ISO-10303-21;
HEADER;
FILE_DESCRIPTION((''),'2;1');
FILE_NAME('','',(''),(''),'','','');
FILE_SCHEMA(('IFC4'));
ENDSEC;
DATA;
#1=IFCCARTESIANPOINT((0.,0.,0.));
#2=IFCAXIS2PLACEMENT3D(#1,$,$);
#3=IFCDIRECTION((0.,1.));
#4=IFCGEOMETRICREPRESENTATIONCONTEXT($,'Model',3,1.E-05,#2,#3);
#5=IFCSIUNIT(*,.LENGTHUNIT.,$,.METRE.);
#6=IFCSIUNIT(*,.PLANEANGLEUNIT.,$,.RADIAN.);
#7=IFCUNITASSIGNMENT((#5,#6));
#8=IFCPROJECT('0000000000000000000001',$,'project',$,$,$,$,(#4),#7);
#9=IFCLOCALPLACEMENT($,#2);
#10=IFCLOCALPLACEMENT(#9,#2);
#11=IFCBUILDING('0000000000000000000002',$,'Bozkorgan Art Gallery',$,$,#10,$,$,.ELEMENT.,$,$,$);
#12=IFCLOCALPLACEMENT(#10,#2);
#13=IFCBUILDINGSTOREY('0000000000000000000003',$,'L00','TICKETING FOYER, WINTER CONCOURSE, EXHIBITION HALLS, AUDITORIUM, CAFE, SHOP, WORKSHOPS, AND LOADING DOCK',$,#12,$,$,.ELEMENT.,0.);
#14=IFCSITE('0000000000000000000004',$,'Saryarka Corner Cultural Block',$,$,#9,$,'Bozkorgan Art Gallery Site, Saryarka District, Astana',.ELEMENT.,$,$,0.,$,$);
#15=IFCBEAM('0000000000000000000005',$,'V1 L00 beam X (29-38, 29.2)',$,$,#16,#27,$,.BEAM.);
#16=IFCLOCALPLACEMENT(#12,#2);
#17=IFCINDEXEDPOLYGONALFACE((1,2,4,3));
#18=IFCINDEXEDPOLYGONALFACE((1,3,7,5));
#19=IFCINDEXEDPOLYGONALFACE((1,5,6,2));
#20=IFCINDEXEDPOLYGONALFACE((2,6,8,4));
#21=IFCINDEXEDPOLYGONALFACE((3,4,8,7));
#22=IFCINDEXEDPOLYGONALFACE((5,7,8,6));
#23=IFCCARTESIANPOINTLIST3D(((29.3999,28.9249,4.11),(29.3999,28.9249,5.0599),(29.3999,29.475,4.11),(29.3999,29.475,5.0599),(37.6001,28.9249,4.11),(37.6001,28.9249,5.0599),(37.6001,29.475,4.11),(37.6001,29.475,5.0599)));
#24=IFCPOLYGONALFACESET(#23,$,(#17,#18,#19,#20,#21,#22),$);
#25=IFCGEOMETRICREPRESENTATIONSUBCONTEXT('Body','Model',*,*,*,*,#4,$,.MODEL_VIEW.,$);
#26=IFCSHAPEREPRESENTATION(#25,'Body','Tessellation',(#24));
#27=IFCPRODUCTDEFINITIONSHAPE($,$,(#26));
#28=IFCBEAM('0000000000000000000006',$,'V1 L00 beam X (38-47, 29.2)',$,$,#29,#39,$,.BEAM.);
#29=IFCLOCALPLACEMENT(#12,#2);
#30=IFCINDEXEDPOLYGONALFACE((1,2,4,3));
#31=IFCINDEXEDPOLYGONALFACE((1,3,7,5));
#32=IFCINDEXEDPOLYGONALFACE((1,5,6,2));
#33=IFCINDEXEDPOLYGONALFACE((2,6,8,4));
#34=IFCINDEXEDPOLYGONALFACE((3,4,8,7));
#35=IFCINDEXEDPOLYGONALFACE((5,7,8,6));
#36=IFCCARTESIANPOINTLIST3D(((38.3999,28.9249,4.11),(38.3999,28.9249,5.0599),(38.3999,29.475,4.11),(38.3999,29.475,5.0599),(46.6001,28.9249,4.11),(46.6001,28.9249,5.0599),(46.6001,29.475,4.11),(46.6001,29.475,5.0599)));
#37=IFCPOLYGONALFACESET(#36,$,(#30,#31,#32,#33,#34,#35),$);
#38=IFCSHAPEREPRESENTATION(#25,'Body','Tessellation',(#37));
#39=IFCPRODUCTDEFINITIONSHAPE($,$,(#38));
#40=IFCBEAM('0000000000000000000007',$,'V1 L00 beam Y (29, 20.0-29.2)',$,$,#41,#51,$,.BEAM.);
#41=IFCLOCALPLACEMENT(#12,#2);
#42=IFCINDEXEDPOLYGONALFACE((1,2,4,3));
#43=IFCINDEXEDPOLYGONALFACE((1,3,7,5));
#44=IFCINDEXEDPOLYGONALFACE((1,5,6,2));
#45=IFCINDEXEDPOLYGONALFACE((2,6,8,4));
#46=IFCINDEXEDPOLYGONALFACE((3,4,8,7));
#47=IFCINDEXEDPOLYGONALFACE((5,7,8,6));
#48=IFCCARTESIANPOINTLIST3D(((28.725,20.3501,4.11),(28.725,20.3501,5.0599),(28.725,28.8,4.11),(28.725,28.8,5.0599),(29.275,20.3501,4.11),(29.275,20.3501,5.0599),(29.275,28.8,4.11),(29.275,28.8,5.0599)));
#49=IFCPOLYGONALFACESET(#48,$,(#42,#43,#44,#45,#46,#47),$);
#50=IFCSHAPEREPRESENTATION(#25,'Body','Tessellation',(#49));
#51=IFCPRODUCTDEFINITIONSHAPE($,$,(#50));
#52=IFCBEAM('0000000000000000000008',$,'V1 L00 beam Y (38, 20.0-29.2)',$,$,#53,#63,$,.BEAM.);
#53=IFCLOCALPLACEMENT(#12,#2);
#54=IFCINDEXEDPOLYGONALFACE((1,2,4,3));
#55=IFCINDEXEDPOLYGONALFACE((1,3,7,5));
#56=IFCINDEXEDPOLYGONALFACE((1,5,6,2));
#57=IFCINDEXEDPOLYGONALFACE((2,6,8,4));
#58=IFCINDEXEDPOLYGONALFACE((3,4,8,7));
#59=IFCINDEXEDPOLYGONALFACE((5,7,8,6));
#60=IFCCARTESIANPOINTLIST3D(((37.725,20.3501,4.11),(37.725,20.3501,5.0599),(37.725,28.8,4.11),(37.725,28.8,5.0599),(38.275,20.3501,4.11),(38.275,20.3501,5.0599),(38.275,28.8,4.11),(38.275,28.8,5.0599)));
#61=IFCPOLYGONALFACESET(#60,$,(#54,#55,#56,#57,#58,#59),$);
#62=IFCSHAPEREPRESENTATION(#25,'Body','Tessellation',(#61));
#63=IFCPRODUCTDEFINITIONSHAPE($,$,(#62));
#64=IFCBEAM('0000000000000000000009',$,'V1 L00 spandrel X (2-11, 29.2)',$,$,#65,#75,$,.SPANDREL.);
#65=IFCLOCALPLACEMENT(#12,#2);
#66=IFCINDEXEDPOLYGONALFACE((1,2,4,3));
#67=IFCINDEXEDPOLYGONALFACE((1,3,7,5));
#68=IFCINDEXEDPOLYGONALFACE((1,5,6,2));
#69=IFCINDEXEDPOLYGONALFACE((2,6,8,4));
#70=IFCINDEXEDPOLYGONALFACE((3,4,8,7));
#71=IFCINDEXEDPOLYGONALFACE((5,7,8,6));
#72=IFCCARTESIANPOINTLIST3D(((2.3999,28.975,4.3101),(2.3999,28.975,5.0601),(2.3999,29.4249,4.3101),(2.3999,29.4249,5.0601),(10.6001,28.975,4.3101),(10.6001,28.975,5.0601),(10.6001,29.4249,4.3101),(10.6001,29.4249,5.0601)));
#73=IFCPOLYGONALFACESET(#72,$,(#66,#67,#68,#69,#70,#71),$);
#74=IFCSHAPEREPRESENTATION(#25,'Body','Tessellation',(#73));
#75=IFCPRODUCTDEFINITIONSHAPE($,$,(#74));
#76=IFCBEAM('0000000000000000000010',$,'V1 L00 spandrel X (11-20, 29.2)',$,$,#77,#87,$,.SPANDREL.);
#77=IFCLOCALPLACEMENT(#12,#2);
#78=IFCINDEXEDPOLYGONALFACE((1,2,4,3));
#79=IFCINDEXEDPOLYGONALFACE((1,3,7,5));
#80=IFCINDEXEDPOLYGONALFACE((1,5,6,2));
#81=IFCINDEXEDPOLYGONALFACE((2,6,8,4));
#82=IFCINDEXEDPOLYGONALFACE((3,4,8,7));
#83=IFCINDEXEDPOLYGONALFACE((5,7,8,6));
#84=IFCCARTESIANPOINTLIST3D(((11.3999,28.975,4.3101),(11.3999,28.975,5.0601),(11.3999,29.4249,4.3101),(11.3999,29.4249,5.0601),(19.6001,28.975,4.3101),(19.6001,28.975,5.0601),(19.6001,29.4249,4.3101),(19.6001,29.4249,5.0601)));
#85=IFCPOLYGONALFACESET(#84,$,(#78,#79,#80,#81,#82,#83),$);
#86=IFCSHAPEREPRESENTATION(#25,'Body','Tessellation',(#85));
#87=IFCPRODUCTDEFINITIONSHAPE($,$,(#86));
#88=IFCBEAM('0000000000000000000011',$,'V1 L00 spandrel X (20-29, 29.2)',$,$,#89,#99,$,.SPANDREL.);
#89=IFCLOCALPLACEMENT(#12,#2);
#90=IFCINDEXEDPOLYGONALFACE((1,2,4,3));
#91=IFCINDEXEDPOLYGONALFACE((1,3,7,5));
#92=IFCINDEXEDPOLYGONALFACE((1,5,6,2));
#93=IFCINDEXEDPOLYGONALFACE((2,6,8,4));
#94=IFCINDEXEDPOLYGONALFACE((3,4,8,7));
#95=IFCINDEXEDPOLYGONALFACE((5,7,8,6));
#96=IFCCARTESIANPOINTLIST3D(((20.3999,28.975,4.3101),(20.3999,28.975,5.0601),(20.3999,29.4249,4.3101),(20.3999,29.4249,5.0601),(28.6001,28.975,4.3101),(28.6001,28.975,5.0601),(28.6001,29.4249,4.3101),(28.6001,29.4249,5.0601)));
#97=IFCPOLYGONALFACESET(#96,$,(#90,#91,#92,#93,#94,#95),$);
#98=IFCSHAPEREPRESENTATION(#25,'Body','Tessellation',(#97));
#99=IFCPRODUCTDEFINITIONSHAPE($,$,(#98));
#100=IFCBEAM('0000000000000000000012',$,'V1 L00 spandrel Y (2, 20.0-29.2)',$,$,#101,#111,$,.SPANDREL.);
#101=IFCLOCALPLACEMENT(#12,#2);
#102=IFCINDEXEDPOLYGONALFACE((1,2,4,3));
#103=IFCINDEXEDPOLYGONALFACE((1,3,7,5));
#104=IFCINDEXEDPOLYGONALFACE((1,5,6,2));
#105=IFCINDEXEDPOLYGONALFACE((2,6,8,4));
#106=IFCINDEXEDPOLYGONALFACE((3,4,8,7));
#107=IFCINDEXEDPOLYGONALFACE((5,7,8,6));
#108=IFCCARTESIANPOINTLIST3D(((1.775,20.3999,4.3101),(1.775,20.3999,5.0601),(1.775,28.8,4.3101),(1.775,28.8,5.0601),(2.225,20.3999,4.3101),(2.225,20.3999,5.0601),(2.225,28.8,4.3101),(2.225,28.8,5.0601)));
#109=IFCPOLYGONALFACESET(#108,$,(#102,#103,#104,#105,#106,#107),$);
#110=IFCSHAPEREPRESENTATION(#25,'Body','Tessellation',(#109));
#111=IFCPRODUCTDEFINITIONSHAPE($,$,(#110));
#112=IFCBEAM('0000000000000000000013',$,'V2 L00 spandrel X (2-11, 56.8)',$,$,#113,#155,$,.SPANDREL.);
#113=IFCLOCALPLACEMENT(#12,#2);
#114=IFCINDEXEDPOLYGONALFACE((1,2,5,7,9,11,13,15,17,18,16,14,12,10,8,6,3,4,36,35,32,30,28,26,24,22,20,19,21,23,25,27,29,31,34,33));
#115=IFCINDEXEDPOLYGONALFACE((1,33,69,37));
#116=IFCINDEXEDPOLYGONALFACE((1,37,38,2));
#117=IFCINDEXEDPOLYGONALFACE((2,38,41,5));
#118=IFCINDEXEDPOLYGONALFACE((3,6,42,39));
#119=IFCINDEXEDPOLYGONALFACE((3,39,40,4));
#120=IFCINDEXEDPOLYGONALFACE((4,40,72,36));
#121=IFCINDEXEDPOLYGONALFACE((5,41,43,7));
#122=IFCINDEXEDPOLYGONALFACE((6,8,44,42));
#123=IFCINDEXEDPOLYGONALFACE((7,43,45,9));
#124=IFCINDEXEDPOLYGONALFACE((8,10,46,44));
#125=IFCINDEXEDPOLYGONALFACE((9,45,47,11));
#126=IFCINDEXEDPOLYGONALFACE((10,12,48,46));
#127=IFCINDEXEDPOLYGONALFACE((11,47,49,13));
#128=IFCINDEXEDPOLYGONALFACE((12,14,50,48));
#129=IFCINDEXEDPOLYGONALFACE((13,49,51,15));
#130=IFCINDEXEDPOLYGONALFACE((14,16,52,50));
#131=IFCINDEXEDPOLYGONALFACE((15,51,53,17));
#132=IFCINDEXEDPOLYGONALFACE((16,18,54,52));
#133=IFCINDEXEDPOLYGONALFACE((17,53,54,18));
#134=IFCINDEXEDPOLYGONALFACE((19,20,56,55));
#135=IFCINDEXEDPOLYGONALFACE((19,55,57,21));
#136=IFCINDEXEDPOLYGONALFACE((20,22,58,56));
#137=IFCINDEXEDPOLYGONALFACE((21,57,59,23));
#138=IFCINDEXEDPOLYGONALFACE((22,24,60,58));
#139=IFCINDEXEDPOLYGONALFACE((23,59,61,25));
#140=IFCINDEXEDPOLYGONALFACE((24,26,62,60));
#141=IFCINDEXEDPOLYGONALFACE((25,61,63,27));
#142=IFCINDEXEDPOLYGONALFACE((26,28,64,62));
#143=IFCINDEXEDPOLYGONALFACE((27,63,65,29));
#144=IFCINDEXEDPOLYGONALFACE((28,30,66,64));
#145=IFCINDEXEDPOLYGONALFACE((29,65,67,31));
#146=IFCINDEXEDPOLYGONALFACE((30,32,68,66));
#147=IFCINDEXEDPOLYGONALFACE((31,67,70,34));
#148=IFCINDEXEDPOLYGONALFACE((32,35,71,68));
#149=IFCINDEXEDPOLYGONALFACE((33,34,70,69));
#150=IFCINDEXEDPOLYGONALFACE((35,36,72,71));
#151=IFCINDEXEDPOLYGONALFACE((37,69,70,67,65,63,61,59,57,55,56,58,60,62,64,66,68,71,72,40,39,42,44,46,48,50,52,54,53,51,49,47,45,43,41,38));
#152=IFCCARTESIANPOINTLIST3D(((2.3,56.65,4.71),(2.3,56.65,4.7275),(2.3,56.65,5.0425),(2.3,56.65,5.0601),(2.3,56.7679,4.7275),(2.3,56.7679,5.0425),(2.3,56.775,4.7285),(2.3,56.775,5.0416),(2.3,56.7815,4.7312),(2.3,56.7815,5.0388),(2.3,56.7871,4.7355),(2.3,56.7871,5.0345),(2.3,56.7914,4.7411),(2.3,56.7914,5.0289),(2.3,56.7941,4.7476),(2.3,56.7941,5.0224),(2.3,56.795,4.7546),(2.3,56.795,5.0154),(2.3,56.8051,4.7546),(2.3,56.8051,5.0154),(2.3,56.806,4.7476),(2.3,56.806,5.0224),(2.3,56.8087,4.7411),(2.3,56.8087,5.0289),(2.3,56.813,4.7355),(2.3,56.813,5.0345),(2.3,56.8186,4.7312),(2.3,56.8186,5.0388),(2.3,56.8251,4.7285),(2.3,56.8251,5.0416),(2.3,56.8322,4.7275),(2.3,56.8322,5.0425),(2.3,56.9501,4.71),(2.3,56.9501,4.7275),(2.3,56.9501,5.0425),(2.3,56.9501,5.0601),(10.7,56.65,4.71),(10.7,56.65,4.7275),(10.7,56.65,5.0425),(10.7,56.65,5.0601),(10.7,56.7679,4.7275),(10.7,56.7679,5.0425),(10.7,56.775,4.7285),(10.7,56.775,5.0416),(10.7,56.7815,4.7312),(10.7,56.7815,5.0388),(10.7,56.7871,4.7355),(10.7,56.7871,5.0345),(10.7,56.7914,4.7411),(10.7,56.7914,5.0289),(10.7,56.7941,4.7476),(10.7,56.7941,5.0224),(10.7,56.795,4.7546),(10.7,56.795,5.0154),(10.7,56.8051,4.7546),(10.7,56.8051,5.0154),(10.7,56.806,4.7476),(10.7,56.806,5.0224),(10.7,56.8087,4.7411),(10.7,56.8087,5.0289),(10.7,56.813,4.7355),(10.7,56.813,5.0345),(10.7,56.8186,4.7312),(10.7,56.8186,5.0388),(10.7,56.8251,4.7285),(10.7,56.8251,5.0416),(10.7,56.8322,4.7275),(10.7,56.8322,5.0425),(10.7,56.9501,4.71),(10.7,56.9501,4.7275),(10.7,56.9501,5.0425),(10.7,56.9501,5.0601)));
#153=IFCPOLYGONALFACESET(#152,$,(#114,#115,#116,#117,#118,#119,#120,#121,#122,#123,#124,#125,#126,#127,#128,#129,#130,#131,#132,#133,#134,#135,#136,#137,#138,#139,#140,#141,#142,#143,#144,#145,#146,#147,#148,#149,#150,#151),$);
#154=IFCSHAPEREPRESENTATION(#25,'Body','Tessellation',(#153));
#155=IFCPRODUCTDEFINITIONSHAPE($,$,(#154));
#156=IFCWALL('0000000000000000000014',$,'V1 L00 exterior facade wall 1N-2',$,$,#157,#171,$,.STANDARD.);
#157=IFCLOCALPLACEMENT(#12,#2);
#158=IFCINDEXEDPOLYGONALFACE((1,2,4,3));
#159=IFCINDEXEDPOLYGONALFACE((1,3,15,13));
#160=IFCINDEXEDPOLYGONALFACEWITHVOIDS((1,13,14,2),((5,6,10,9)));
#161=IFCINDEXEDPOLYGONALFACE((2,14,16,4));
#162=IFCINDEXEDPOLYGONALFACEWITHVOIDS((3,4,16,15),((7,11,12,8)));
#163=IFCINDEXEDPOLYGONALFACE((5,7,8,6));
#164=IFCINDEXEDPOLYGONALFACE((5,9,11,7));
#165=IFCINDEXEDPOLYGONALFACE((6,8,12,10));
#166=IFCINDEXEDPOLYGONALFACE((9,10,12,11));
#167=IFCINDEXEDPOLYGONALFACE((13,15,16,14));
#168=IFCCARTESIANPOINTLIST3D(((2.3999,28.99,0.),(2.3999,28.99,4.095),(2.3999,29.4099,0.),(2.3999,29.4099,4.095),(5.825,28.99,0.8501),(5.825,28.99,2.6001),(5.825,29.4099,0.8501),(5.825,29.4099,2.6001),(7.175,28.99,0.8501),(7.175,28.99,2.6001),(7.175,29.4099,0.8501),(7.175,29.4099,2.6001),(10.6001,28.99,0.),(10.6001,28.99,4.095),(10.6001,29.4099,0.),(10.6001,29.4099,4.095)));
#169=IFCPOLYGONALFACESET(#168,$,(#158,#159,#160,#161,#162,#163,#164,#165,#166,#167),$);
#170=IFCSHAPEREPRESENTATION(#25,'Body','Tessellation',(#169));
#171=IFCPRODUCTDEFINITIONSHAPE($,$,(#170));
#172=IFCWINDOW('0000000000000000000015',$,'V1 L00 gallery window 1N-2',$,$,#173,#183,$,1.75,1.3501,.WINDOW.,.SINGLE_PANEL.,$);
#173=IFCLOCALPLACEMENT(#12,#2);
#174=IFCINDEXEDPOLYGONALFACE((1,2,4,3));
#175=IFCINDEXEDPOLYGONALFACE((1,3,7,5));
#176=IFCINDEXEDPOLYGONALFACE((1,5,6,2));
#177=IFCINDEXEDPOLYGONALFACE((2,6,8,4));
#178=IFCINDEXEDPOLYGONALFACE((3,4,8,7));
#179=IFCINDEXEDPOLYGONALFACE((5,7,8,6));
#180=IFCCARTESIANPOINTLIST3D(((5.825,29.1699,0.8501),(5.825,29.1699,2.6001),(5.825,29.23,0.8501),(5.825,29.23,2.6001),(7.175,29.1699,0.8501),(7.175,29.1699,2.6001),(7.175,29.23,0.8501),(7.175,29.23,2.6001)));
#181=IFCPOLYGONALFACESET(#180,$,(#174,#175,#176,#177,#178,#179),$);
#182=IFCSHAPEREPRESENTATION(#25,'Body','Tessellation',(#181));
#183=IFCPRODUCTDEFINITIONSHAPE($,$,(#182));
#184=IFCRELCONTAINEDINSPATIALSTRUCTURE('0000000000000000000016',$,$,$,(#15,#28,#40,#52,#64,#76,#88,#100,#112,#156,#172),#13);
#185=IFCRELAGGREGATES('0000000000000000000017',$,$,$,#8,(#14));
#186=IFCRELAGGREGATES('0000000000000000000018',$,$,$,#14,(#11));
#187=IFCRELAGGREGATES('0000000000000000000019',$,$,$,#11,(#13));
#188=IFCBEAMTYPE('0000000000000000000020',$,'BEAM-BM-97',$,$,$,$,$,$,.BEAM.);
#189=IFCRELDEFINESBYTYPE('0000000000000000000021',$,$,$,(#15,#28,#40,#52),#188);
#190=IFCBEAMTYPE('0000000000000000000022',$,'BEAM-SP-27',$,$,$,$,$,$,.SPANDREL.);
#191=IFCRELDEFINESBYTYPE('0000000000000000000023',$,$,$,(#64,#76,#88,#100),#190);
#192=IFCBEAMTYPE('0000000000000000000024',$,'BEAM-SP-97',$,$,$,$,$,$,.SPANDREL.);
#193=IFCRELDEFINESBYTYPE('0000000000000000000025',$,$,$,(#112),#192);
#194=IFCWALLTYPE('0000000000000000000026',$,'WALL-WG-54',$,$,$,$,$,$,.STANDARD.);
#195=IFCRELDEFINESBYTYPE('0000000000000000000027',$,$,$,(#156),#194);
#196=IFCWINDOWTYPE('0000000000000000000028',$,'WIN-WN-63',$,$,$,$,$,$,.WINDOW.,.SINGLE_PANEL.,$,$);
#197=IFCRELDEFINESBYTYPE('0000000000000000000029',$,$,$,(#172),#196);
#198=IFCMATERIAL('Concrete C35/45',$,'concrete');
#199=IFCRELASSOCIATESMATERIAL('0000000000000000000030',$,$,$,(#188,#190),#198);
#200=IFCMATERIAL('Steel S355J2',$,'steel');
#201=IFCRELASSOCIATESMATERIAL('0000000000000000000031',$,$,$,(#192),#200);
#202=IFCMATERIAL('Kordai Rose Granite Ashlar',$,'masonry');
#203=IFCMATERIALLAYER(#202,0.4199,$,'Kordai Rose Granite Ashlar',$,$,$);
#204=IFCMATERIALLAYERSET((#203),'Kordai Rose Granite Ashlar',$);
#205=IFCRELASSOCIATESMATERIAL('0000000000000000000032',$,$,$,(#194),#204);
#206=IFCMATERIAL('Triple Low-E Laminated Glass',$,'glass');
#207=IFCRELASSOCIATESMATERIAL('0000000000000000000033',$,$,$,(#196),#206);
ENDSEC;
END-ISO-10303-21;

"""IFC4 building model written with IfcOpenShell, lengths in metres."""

from ifc_helpers import new_model, si_unit, direction, frame, frame_2d, origin, origin_2d, place, context, subcontext, project, spatial, rectangle, i_section, extrude, material, layer, layer_set, material_profile, profile_set, type_object, element, fill, save


model = new_model("IFC4")

# Units and contexts
model_context = context("Model", 3, precision=1e-05, world=origin(), true_north=direction((0.0, 1.0)))
body_context = subcontext(model_context, "Body", "Model", "MODEL_VIEW")
ifc_project = project(units=[si_unit("LENGTHUNIT", "METRE"), si_unit("PLANEANGLEUNIT", "RADIAN")], contexts=[model_context])

# Site, building, storey
site_placement = place(None, origin())
site = spatial("IfcSite", under=ifc_project, at=site_placement, Name="Saryarka Corner Cultural Block", LongName="Bozkorgan Art Gallery Site, Saryarka District, Astana", CompositionType="ELEMENT", RefElevation=0.0)
building_placement = place(site_placement, origin())
building = spatial("IfcBuilding", under=site, at=building_placement, Name="Bozkorgan Art Gallery", CompositionType="ELEMENT")
storey_placement = place(building_placement, origin())
storey = spatial("IfcBuildingStorey", under=building, at=storey_placement, Name="L00", Description="TICKETING FOYER, WINTER CONCOURSE, EXHIBITION HALLS, AUDITORIUM, CAFE, SHOP, WORKSHOPS, AND LOADING DOCK", CompositionType="ELEMENT", Elevation=0.0)

# Beams
ifc_material_1 = material(Name="Concrete C35/45", Category="concrete")
ifc_material_profile_1 = material_profile(ifc_material_1, rectangle(XDim=0.55, YDim=0.95, at=origin_2d()), Name="RC 550x950")
ifc_profile_set_1 = profile_set([ifc_material_profile_1], Name="Concrete C35/45")
beam_type_1 = type_object("IfcBeamType", Name="BEAM-BM-97", PredefinedType="BEAM", material=ifc_profile_set_1)
for number, where, z_axis, x_axis, name in (
    (1, (29.3999, 29.2, 4.585), (1.0, 0.0, 0.0), (0.0, 1.0, 0.0), "V1 L00 beam X (29-38, 29.2)"),
    (2, (38.3999, 29.2, 4.585), (1.0, 0.0, 0.0), (0.0, 1.0, 0.0), "V1 L00 beam X (38-47, 29.2)"),
):
    element("IfcBeam", number, at=place(storey_placement, frame(where, z_axis=z_axis, x_axis=x_axis)), inside=storey, type_object=beam_type_1, Name=name, PredefinedType="BEAM", context=body_context, shape_type="SweptSolid", body=[
        extrude(rectangle(XDim=0.55, YDim=0.95, at=origin_2d()), origin(), (0.0, 0.0, 1.0), 8.2002),
    ])
for number, where, z_axis, x_axis, name in (
    (3, (29.0, 20.3501, 4.585), (0.0, 1.0, 0.0), (-1.0, 0.0, 0.0), "V1 L00 beam Y (29, 20.0-29.2)"),
    (4, (38.0, 20.3501, 4.585), (0.0, 1.0, 0.0), (-1.0, 0.0, 0.0), "V1 L00 beam Y (38, 20.0-29.2)"),
):
    element("IfcBeam", number, at=place(storey_placement, frame(where, z_axis=z_axis, x_axis=x_axis)), inside=storey, type_object=beam_type_1, Name=name, PredefinedType="BEAM", context=body_context, shape_type="SweptSolid", body=[
        extrude(rectangle(XDim=0.55, YDim=0.95, at=origin_2d()), origin(), (0.0, 0.0, 1.0), 8.45),
    ])
ifc_material_profile_2 = material_profile(ifc_material_1, rectangle(XDim=0.45, YDim=0.75, at=origin_2d()), Name="RC 450x750")
ifc_profile_set_2 = profile_set([ifc_material_profile_2], Name="Concrete C35/45")
beam_type_2 = type_object("IfcBeamType", Name="BEAM-SP-27", PredefinedType="SPANDREL", material=ifc_profile_set_2)
for number, where, z_axis, x_axis, name in (
    (5, (2.3999, 29.2, 4.6851), (1.0, 0.0, 0.0), (0.0, 1.0, 0.0), "V1 L00 spandrel X (2-11, 29.2)"),
    (6, (11.3999, 29.2, 4.6851), (1.0, 0.0, 0.0), (0.0, 1.0, 0.0), "V1 L00 spandrel X (11-20, 29.2)"),
    (7, (20.3999, 29.2, 4.6851), (1.0, 0.0, 0.0), (0.0, 1.0, 0.0), "V1 L00 spandrel X (20-29, 29.2)"),
):
    element("IfcBeam", number, at=place(storey_placement, frame(where, z_axis=z_axis, x_axis=x_axis)), inside=storey, type_object=beam_type_2, Name=name, PredefinedType="SPANDREL", context=body_context, shape_type="SweptSolid", body=[
        extrude(rectangle(XDim=0.45, YDim=0.75, at=origin_2d()), origin(), (0.0, 0.0, 1.0), 8.2002),
    ])
beam_1_placement = place(storey_placement, frame((2.0, 20.3999, 4.6851), z_axis=(0.0, 1.0, 0.0), x_axis=(-1.0, 0.0, 0.0)))
element("IfcBeam", 8, at=beam_1_placement, inside=storey, type_object=beam_type_2, Name="V1 L00 spandrel Y (2, 20.0-29.2)", PredefinedType="SPANDREL", context=body_context, shape_type="SweptSolid", body=[
    extrude(rectangle(XDim=0.45, YDim=0.75, at=origin_2d()), origin(), (0.0, 0.0, 1.0), 8.4001),
])
ifc_material_2 = material(Name="Steel S355J2", Category="steel")
ifc_material_profile_3 = material_profile(ifc_material_2, i_section(OverallWidth=0.3, OverallDepth=0.3501, WebThickness=0.01, FlangeThickness=0.0176, FilletRadius=0.0271, at=origin_2d()), Name="HEA 360")
ifc_profile_set_3 = profile_set([ifc_material_profile_3], Name="Steel S355J2")
beam_type_3 = type_object("IfcBeamType", Name="BEAM-SP-97", PredefinedType="SPANDREL", material=ifc_profile_set_3)
beam_2_placement = place(storey_placement, frame((2.3, 56.8, 4.885), z_axis=(1.0, 0.0, 0.0), x_axis=(0.0, 1.0, 0.0)))
element("IfcBeam", 9, at=beam_2_placement, inside=storey, type_object=beam_type_3, Name="V2 L00 spandrel X (2-11, 56.8)", PredefinedType="SPANDREL", context=body_context, shape_type="SweptSolid", body=[
    extrude(i_section(OverallWidth=0.3, OverallDepth=0.3501, WebThickness=0.01, FlangeThickness=0.0176, FilletRadius=0.0271, at=origin_2d()), origin(), (0.0, 0.0, 1.0), 8.3999),
])

# Wall, opening, window
ifc_material_3 = material(Name="Kordai Rose Granite Ashlar", Category="masonry")
ifc_layer_1 = layer(ifc_material_3, 0.4199, Name="Kordai Rose Granite Ashlar")
ifc_layer_set_1 = layer_set([ifc_layer_1], Name="Kordai Rose Granite Ashlar")
wall_type_1 = type_object("IfcWallType", Name="WALL-WG-54", PredefinedType="STANDARD", material=ifc_layer_set_1)
wall_1_placement = place(storey_placement, frame((2.3999, 29.2, 0.0), z_axis=(0.0, 0.0, 1.0), x_axis=(1.0, 0.0, 0.0)))
wall_1 = element("IfcWall", 10, at=wall_1_placement, inside=storey, type_object=wall_type_1, Name="V1 L00 exterior facade wall 1N-2", PredefinedType="STANDARD", context=body_context, shape_type="SweptSolid", body=[
    extrude(rectangle(XDim=8.2002, YDim=0.4199, at=frame_2d((4.1001, 0.0))), origin(), (0.0, 0.0, 1.0), 4.095),
])
opening_1_placement = place(wall_1_placement, frame((3.425, 0.0, 0.8501)))
opening_1 = element("IfcOpeningElement", 11, at=opening_1_placement, cuts=wall_1, PredefinedType="OPENING", context=body_context, shape_type="SweptSolid", body=[
    extrude(rectangle(XDim=1.3501, YDim=1.75, at=frame_2d((0.675, 0.875))), frame((0.0, 0.22, 0.0), z_axis=(0.0, -1.0, 0.0), x_axis=(1.0, 0.0, 0.0)), (0.0, 0.0, 1.0), 0.4399),
])
ifc_material_4 = material(Name="Triple Low-E Laminated Glass", Category="glass")
window_type_1 = type_object("IfcWindowType", Name="WIN-WN-63", PartitioningType="SINGLE_PANEL", PredefinedType="WINDOW", material=ifc_material_4)
window_1_placement = place(opening_1_placement, origin())
window_1 = element("IfcWindow", 12, at=window_1_placement, inside=storey, type_object=window_type_1, Name="V1 L00 gallery window 1N-2", OverallHeight=1.75, OverallWidth=1.3501, PartitioningType="SINGLE_PANEL", PredefinedType="WINDOW", context=body_context, shape_type="SweptSolid", body=[
    extrude(rectangle(XDim=1.3501, YDim=1.75, at=frame_2d((0.675, 0.875))), frame((0.0, 0.03, 0.0), z_axis=(0.0, -1.0, 0.0), x_axis=(1.0, 0.0, 0.0)), (0.0, 0.0, 1.0), 0.0601),
])
fill(opening_1, window_1)

save(model, "model.ifc")
